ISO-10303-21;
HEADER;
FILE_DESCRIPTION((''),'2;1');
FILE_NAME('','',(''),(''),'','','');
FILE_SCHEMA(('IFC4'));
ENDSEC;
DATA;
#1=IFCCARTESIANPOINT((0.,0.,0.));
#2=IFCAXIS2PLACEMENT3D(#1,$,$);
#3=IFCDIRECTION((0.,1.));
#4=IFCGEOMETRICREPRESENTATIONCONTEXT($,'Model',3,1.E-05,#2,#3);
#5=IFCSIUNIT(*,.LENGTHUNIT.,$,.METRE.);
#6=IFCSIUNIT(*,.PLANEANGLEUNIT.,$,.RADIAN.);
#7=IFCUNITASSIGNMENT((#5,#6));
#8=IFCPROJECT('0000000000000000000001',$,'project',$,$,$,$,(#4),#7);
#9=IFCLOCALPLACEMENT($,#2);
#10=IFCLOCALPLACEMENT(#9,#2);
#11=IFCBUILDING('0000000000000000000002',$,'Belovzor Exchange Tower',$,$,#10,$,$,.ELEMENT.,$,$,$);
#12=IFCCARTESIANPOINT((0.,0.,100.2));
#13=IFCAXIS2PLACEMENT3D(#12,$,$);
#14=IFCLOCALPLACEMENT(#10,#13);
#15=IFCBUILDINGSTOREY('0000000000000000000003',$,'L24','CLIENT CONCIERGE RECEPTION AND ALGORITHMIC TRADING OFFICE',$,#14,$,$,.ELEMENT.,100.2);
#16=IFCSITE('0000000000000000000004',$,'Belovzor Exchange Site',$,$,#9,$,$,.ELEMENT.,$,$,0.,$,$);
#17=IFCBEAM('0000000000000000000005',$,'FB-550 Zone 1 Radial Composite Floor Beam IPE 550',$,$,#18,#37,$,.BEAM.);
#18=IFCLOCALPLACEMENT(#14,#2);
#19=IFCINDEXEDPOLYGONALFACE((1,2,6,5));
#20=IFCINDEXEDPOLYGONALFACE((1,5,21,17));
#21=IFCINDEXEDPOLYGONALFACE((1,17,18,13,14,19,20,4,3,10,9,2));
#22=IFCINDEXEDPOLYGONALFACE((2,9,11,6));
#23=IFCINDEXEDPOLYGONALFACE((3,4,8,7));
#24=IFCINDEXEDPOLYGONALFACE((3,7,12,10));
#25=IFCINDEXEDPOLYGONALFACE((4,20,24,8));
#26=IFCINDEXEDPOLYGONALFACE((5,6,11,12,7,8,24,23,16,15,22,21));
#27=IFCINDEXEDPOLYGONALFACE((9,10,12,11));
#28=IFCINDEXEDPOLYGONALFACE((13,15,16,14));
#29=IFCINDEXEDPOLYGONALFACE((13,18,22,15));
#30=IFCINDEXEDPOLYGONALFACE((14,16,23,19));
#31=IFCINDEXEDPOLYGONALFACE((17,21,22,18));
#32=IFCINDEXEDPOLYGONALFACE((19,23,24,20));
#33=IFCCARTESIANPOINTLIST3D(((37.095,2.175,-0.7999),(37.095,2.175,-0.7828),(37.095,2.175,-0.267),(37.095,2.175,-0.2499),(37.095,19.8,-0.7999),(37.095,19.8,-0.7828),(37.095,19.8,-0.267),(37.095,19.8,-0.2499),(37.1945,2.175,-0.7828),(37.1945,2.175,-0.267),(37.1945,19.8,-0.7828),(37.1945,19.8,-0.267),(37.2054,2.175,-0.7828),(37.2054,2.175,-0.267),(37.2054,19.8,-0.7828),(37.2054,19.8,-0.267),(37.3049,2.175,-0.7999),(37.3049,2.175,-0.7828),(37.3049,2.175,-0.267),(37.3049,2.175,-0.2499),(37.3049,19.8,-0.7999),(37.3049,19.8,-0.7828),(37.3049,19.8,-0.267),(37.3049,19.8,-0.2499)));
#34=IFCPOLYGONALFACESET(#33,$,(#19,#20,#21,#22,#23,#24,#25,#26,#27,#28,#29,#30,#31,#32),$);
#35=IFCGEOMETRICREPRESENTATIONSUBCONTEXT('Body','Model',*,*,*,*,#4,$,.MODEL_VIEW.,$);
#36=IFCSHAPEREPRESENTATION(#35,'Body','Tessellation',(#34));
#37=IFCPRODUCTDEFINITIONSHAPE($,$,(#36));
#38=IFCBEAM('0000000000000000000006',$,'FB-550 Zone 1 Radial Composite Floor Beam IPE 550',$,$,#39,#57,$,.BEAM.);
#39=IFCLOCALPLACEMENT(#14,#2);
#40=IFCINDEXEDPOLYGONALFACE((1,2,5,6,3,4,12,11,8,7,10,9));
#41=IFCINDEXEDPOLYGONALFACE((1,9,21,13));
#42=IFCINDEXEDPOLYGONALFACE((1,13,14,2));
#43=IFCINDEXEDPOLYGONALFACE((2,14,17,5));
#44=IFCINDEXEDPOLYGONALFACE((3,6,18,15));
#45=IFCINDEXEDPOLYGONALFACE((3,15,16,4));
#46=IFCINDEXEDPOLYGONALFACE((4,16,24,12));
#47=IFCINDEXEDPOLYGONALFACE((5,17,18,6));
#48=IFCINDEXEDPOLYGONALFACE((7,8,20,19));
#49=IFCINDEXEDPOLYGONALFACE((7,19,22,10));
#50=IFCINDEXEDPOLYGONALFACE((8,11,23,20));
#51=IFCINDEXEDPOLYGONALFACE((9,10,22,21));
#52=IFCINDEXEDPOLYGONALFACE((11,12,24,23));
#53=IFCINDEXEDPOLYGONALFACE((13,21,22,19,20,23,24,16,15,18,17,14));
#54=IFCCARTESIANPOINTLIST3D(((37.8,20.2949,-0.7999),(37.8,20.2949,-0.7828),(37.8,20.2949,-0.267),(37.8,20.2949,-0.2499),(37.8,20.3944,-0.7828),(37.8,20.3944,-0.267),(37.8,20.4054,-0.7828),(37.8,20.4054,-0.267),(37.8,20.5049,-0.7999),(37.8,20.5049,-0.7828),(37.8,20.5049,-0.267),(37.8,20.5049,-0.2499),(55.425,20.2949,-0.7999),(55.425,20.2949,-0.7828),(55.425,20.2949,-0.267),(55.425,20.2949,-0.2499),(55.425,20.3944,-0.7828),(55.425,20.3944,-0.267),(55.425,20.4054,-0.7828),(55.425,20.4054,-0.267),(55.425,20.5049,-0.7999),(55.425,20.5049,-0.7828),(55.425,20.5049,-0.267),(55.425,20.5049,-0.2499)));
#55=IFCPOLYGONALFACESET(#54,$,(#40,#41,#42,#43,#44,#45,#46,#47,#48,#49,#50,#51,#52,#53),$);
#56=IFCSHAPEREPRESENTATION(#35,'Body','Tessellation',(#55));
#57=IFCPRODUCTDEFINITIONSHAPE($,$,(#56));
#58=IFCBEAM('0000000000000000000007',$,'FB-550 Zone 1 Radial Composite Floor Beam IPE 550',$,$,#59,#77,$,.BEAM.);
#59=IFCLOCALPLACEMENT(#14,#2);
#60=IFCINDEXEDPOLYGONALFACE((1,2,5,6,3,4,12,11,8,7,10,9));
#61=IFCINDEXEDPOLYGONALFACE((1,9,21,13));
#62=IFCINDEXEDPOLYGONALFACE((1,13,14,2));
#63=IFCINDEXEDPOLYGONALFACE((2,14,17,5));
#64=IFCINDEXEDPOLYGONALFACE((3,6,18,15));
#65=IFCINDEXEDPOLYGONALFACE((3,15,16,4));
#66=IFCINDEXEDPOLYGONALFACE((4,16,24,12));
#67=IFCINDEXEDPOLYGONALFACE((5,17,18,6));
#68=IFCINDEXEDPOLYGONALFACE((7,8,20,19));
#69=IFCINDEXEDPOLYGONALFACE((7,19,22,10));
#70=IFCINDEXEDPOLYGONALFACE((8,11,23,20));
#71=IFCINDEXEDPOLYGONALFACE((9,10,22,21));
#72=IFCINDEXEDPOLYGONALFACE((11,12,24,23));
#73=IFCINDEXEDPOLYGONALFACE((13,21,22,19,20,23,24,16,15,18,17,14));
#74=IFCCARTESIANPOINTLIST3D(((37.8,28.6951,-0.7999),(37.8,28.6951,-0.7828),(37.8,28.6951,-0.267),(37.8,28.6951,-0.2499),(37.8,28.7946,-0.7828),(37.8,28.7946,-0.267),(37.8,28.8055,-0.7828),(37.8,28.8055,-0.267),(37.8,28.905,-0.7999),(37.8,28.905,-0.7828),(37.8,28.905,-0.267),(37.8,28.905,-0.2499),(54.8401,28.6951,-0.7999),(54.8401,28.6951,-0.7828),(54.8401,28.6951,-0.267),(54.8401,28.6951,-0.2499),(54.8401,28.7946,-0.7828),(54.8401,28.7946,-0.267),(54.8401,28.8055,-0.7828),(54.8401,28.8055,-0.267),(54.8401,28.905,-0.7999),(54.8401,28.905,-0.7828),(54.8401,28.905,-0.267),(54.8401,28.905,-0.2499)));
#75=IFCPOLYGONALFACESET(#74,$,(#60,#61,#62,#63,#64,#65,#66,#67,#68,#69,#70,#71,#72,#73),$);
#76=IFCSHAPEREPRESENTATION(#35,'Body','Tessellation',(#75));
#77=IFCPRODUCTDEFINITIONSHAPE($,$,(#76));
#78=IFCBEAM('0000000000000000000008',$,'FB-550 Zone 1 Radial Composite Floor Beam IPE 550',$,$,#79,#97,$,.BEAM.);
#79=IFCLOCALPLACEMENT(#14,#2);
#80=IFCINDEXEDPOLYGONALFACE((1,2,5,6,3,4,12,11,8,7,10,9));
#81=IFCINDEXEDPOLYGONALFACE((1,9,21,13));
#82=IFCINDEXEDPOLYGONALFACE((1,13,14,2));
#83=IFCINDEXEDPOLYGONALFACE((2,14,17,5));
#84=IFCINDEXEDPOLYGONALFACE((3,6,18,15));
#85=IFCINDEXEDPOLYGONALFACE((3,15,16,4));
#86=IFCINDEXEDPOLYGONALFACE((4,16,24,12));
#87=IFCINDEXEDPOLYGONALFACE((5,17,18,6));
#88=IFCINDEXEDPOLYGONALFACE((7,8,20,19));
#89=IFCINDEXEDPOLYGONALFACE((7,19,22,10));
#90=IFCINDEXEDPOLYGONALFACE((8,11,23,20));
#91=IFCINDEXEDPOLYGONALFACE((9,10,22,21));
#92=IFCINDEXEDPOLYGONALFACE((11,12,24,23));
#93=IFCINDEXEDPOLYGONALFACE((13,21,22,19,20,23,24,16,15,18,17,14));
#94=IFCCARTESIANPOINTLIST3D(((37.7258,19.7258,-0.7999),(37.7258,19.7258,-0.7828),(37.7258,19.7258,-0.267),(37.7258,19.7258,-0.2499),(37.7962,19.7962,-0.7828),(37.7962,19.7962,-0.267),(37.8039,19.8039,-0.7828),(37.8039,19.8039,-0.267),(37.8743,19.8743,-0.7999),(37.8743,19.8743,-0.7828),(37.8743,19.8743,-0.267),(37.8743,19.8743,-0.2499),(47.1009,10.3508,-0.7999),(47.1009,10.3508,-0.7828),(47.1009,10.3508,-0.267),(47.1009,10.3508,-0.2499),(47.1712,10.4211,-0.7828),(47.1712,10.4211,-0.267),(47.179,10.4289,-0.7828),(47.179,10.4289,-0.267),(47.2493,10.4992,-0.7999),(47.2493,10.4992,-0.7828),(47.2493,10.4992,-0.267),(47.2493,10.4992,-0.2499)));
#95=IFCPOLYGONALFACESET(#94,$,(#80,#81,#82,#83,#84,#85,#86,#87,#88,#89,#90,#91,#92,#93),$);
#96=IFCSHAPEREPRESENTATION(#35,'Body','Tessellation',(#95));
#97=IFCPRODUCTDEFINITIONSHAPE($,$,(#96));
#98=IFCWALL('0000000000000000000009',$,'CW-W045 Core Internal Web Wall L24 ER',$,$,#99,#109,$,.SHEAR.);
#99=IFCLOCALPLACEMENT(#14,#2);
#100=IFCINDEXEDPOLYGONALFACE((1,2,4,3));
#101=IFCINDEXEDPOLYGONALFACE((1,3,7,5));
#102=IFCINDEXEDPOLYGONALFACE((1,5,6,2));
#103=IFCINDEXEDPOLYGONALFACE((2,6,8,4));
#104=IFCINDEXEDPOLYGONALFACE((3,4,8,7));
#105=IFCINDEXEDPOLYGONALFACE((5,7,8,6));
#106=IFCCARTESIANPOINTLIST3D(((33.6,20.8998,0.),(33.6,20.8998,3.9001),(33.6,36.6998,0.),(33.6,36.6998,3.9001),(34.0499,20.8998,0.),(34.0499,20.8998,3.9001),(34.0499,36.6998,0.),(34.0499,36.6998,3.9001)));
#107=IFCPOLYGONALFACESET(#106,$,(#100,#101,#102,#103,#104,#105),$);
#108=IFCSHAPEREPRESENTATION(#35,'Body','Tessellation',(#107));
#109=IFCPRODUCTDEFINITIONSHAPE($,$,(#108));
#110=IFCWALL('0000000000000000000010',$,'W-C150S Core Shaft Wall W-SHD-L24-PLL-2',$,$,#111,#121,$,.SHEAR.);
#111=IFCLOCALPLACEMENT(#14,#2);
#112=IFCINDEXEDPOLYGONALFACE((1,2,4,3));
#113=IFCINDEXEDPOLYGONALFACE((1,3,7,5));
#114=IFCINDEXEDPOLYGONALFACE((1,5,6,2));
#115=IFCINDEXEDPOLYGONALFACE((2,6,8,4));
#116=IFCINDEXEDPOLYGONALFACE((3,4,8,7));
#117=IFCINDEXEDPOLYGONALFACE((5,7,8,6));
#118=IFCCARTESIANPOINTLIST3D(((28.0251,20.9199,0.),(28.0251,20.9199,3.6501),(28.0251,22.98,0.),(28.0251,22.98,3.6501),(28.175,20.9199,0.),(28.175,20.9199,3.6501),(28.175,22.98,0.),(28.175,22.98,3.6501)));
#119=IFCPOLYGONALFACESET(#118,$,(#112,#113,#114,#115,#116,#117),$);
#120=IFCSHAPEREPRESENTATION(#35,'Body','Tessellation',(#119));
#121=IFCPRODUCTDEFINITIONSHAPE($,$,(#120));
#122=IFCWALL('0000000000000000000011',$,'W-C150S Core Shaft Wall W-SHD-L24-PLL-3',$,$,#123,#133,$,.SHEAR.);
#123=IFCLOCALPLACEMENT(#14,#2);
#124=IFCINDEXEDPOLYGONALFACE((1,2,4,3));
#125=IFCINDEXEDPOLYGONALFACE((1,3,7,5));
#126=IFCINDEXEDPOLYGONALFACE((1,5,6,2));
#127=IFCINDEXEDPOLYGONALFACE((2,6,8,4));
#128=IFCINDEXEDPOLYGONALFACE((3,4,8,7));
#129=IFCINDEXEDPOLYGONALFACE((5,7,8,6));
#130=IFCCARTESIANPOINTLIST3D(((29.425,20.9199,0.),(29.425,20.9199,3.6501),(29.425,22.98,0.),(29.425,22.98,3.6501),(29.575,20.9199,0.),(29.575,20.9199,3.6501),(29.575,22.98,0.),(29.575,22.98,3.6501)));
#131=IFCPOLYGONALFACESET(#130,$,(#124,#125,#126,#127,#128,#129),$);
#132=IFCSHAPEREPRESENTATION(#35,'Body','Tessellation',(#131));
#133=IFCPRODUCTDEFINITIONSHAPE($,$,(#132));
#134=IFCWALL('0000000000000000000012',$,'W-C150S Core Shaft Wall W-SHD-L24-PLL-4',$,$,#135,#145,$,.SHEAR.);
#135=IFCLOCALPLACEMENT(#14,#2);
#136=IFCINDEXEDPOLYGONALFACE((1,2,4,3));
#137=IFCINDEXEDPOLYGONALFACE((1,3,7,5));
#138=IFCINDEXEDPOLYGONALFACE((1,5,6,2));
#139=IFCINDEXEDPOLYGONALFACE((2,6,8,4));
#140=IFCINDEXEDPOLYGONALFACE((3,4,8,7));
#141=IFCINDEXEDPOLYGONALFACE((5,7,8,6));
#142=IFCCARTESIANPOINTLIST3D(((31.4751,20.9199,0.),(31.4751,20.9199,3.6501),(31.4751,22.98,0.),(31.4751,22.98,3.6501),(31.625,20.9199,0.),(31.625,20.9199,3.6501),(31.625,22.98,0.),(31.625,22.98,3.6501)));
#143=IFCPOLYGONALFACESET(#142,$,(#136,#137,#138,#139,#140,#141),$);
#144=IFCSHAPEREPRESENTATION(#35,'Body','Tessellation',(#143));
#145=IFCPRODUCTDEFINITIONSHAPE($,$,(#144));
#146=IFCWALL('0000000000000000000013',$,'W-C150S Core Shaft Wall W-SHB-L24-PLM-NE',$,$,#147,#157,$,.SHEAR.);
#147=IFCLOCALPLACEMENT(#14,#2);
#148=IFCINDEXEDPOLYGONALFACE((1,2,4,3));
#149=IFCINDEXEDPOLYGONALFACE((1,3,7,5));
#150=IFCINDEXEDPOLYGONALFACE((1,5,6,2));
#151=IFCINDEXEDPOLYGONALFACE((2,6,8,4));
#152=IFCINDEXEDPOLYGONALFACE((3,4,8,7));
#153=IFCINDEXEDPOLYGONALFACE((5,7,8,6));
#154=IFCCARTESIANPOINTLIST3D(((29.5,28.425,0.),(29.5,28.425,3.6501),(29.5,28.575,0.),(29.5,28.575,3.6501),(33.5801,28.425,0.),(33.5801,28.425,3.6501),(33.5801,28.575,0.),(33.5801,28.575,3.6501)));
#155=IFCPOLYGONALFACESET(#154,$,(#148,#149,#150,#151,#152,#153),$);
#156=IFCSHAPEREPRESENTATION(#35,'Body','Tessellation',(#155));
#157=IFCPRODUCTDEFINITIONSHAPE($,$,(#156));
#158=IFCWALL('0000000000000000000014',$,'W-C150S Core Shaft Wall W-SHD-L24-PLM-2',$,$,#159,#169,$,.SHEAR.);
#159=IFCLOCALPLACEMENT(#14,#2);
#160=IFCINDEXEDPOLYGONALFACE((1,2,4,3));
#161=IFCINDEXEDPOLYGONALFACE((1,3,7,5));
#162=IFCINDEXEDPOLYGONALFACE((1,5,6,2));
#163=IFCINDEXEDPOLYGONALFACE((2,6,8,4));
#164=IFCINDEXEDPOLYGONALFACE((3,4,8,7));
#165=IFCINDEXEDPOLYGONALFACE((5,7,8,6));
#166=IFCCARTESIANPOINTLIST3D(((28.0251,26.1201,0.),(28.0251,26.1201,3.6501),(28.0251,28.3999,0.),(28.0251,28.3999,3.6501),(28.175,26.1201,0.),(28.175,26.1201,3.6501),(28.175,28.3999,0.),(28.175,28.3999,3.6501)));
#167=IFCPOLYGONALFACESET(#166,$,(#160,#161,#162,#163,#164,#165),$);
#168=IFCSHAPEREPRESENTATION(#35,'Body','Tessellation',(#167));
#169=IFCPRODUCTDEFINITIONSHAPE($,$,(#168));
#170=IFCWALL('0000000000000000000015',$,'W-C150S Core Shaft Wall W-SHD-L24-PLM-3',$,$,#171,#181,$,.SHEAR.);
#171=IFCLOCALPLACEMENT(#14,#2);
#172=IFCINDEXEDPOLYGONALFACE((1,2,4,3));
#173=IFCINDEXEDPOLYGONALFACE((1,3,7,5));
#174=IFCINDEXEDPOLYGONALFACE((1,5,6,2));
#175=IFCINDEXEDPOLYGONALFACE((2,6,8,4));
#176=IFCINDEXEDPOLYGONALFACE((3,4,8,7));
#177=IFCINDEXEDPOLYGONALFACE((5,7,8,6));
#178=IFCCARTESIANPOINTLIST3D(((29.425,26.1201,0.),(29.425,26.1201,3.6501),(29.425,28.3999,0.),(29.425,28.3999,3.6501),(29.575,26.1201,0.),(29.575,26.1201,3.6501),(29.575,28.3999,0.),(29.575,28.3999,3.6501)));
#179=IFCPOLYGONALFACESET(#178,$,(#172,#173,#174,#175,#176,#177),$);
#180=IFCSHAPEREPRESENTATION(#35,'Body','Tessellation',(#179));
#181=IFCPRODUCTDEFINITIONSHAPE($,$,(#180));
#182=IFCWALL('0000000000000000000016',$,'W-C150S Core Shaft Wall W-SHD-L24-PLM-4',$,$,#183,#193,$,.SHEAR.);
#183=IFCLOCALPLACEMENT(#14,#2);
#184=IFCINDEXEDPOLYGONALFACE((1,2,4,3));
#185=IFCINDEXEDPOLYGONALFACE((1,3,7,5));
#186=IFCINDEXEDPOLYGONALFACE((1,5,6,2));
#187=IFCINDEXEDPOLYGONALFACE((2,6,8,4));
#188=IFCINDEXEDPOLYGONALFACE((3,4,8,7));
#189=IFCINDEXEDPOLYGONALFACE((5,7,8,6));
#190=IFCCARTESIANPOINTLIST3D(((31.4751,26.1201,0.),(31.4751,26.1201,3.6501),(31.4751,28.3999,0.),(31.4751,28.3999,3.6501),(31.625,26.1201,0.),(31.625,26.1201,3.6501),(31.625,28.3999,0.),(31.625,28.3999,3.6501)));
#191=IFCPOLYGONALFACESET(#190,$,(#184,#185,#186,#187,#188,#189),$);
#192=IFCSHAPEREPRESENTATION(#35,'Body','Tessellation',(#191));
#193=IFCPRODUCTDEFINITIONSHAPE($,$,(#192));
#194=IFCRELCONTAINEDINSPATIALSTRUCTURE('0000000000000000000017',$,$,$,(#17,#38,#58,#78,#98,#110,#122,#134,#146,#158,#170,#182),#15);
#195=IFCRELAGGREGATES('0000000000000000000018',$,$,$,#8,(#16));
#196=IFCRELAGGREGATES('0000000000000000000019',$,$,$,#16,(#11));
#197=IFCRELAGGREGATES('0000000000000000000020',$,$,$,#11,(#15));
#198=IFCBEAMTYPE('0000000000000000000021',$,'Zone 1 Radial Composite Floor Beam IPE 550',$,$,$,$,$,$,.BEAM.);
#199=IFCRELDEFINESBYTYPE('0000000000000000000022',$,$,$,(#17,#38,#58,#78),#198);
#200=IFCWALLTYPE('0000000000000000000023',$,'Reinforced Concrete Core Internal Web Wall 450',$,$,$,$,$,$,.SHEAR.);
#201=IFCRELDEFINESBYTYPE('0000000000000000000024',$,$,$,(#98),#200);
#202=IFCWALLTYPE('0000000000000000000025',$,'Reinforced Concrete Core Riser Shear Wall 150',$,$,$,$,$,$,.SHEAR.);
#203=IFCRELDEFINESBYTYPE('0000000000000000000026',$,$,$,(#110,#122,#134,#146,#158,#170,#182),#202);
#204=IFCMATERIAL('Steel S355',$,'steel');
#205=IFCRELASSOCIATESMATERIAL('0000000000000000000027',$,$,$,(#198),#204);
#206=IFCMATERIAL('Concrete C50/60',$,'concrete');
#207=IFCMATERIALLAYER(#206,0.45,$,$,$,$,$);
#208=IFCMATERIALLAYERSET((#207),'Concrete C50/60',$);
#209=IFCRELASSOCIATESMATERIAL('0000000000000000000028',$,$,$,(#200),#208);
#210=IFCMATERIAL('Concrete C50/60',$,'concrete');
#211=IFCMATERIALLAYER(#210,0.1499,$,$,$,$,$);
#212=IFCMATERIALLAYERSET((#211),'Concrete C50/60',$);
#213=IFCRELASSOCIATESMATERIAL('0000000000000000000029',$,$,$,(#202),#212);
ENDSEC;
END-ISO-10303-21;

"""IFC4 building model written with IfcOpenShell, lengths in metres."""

from ifc_helpers import new_model, si_unit, direction, frame, frame_2d, origin, origin_2d, place, context, subcontext, project, spatial, rectangle, i_section, extrude, material, layer, layer_set, material_profile, profile_set, type_object, element, save


model = new_model("IFC4")

# Units and contexts
model_context = context("Model", 3, precision=1e-05, world=origin(), true_north=direction((0.0, 1.0)))
body_context = subcontext(model_context, "Body", "Model", "MODEL_VIEW")
ifc_project = project(units=[si_unit("LENGTHUNIT", "METRE"), si_unit("PLANEANGLEUNIT", "RADIAN")], contexts=[model_context])

# Site, building, storey
site_placement = place(None, origin())
site = spatial("IfcSite", under=ifc_project, at=site_placement, Name="Belovzor Exchange Site", CompositionType="ELEMENT", RefElevation=0.0)
building_placement = place(site_placement, origin())
building = spatial("IfcBuilding", under=site, at=building_placement, Name="Belovzor Exchange Tower", CompositionType="ELEMENT")
storey_placement = place(building_placement, frame((0.0, 0.0, 100.2)))
storey = spatial("IfcBuildingStorey", under=building, at=storey_placement, Name="L24", Description="CLIENT CONCIERGE RECEPTION AND ALGORITHMIC TRADING OFFICE", CompositionType="ELEMENT", Elevation=100.2)

# Beams
ifc_material_1 = material(Name="Steel S355", Category="steel")
ifc_material_profile = material_profile(ifc_material_1, i_section(OverallWidth=0.21, OverallDepth=0.55, WebThickness=0.011, FlangeThickness=0.0171, at=origin_2d()))
ifc_profile_set = profile_set([ifc_material_profile], Name="Steel S355")
beam_type = type_object("IfcBeamType", Name="Zone 1 Radial Composite Floor Beam IPE 550", PredefinedType="BEAM", material=ifc_profile_set)
for number, where, z_axis, x_axis, name in (
    (1, (37.2, 19.8, -0.5249), (0.0, -1.0, 0.0), (1.0, 0.0, 0.0), "FB-550 Zone 1 Radial Composite Floor Beam IPE 550"),
    (2, (37.8, 20.3999, -0.5249), (1.0, 0.0, 0.0), (0.0, 1.0, 0.0), "FB-550 Zone 1 Radial Composite Floor Beam IPE 550"),
):
    element("IfcBeam", number, at=place(storey_placement, frame(where, z_axis=z_axis, x_axis=x_axis)), inside=storey, type_object=beam_type, Name=name, PredefinedType="BEAM", context=body_context, shape_type="SweptSolid", body=[
        extrude(i_section(OverallWidth=0.21, OverallDepth=0.55, WebThickness=0.011, FlangeThickness=0.0171, at=origin_2d()), origin(), (0.0, 0.0, 1.0), 17.625),
    ])
beam_1_placement = place(storey_placement, frame((37.8, 28.8, -0.5249), z_axis=(1.0, 0.0, 0.0), x_axis=(0.0, 1.0, 0.0)))
element("IfcBeam", 3, at=beam_1_placement, inside=storey, type_object=beam_type, Name="FB-550 Zone 1 Radial Composite Floor Beam IPE 550", PredefinedType="BEAM", context=body_context, shape_type="SweptSolid", body=[
    extrude(i_section(OverallWidth=0.21, OverallDepth=0.55, WebThickness=0.011, FlangeThickness=0.0171, at=origin_2d()), origin(), (0.0, 0.0, 1.0), 17.04),
])
beam_2_placement = place(storey_placement, frame((37.8, 19.8, -0.5249), z_axis=(0.707107, -0.707107, 0.0), x_axis=(0.707107, 0.707107, 0.0)))
element("IfcBeam", 4, at=beam_2_placement, inside=storey, type_object=beam_type, Name="FB-550 Zone 1 Radial Composite Floor Beam IPE 550", PredefinedType="BEAM", context=body_context, shape_type="SweptSolid", body=[
    extrude(i_section(OverallWidth=0.21, OverallDepth=0.55, WebThickness=0.011, FlangeThickness=0.0171, at=origin_2d()), origin(), (0.0, 0.0, 1.0), 13.2583),
])

# Walls
ifc_material_2 = material(Name="Concrete C50/60", Category="concrete")
ifc_layer_1 = layer(ifc_material_2, 0.45)
ifc_layer_set_1 = layer_set([ifc_layer_1], Name="Concrete C50/60")
wall_type_1 = type_object("IfcWallType", Name="Reinforced Concrete Core Internal Web Wall 450", PredefinedType="SHEAR", material=ifc_layer_set_1)
wall_1_placement = place(storey_placement, frame((33.825, 20.8999, 0.0), z_axis=(0.0, 0.0, 1.0), x_axis=(0.0, 1.0, 0.0)))
element("IfcWall", 5, at=wall_1_placement, inside=storey, type_object=wall_type_1, Name="CW-W045 Core Internal Web Wall L24 ER", PredefinedType="SHEAR", context=body_context, shape_type="SweptSolid", body=[
    extrude(rectangle(XDim=15.8, YDim=0.45, at=frame_2d((7.8999, 0.0))), origin(), (0.0, 0.0, 1.0), 3.9001),
])
ifc_material_3 = material(Name="Concrete C50/60", Category="concrete")
ifc_layer_2 = layer(ifc_material_3, 0.1499)
ifc_layer_set_2 = layer_set([ifc_layer_2], Name="Concrete C50/60")
wall_type_2 = type_object("IfcWallType", Name="Reinforced Concrete Core Riser Shear Wall 150", PredefinedType="SHEAR", material=ifc_layer_set_2)
for number, where, z_axis, x_axis, name in (
    (6, (28.1001, 20.9199, 0.0), (0.0, 0.0, 1.0), (0.0, 1.0, 0.0), "W-C150S Core Shaft Wall W-SHD-L24-PLL-2"),
    (7, (29.5, 20.9199, 0.0), (0.0, 0.0, 1.0), (0.0, 1.0, 0.0), "W-C150S Core Shaft Wall W-SHD-L24-PLL-3"),
    (8, (31.55, 20.9199, 0.0), (0.0, 0.0, 1.0), (0.0, 1.0, 0.0), "W-C150S Core Shaft Wall W-SHD-L24-PLL-4"),
):
    element("IfcWall", number, at=place(storey_placement, frame(where, z_axis=z_axis, x_axis=x_axis)), inside=storey, type_object=wall_type_2, Name=name, PredefinedType="SHEAR", context=body_context, shape_type="SweptSolid", body=[
        extrude(rectangle(XDim=2.0601, YDim=0.1499, at=frame_2d((1.03, 0.0))), origin(), (0.0, 0.0, 1.0), 3.6501),
    ])
wall_2_placement = place(storey_placement, frame((29.5, 28.5, 0.0), z_axis=(0.0, 0.0, 1.0), x_axis=(1.0, 0.0, 0.0)))
element("IfcWall", 9, at=wall_2_placement, inside=storey, type_object=wall_type_2, Name="W-C150S Core Shaft Wall W-SHB-L24-PLM-NE", PredefinedType="SHEAR", context=body_context, shape_type="SweptSolid", body=[
    extrude(rectangle(XDim=4.0801, YDim=0.1499, at=frame_2d((2.04, 0.0))), origin(), (0.0, 0.0, 1.0), 3.6501),
])
for number, where, z_axis, x_axis, name in (
    (10, (28.1001, 26.1201, 0.0), (0.0, 0.0, 1.0), (0.0, 1.0, 0.0), "W-C150S Core Shaft Wall W-SHD-L24-PLM-2"),
    (11, (29.5, 26.1201, 0.0), (0.0, 0.0, 1.0), (0.0, 1.0, 0.0), "W-C150S Core Shaft Wall W-SHD-L24-PLM-3"),
    (12, (31.55, 26.1201, 0.0), (0.0, 0.0, 1.0), (0.0, 1.0, 0.0), "W-C150S Core Shaft Wall W-SHD-L24-PLM-4"),
):
    element("IfcWall", number, at=place(storey_placement, frame(where, z_axis=z_axis, x_axis=x_axis)), inside=storey, type_object=wall_type_2, Name=name, PredefinedType="SHEAR", context=body_context, shape_type="SweptSolid", body=[
        extrude(rectangle(XDim=2.2798, YDim=0.1499, at=frame_2d((1.1399, 0.0))), origin(), (0.0, 0.0, 1.0), 3.6501),
    ])

save(model, "model.ifc")
